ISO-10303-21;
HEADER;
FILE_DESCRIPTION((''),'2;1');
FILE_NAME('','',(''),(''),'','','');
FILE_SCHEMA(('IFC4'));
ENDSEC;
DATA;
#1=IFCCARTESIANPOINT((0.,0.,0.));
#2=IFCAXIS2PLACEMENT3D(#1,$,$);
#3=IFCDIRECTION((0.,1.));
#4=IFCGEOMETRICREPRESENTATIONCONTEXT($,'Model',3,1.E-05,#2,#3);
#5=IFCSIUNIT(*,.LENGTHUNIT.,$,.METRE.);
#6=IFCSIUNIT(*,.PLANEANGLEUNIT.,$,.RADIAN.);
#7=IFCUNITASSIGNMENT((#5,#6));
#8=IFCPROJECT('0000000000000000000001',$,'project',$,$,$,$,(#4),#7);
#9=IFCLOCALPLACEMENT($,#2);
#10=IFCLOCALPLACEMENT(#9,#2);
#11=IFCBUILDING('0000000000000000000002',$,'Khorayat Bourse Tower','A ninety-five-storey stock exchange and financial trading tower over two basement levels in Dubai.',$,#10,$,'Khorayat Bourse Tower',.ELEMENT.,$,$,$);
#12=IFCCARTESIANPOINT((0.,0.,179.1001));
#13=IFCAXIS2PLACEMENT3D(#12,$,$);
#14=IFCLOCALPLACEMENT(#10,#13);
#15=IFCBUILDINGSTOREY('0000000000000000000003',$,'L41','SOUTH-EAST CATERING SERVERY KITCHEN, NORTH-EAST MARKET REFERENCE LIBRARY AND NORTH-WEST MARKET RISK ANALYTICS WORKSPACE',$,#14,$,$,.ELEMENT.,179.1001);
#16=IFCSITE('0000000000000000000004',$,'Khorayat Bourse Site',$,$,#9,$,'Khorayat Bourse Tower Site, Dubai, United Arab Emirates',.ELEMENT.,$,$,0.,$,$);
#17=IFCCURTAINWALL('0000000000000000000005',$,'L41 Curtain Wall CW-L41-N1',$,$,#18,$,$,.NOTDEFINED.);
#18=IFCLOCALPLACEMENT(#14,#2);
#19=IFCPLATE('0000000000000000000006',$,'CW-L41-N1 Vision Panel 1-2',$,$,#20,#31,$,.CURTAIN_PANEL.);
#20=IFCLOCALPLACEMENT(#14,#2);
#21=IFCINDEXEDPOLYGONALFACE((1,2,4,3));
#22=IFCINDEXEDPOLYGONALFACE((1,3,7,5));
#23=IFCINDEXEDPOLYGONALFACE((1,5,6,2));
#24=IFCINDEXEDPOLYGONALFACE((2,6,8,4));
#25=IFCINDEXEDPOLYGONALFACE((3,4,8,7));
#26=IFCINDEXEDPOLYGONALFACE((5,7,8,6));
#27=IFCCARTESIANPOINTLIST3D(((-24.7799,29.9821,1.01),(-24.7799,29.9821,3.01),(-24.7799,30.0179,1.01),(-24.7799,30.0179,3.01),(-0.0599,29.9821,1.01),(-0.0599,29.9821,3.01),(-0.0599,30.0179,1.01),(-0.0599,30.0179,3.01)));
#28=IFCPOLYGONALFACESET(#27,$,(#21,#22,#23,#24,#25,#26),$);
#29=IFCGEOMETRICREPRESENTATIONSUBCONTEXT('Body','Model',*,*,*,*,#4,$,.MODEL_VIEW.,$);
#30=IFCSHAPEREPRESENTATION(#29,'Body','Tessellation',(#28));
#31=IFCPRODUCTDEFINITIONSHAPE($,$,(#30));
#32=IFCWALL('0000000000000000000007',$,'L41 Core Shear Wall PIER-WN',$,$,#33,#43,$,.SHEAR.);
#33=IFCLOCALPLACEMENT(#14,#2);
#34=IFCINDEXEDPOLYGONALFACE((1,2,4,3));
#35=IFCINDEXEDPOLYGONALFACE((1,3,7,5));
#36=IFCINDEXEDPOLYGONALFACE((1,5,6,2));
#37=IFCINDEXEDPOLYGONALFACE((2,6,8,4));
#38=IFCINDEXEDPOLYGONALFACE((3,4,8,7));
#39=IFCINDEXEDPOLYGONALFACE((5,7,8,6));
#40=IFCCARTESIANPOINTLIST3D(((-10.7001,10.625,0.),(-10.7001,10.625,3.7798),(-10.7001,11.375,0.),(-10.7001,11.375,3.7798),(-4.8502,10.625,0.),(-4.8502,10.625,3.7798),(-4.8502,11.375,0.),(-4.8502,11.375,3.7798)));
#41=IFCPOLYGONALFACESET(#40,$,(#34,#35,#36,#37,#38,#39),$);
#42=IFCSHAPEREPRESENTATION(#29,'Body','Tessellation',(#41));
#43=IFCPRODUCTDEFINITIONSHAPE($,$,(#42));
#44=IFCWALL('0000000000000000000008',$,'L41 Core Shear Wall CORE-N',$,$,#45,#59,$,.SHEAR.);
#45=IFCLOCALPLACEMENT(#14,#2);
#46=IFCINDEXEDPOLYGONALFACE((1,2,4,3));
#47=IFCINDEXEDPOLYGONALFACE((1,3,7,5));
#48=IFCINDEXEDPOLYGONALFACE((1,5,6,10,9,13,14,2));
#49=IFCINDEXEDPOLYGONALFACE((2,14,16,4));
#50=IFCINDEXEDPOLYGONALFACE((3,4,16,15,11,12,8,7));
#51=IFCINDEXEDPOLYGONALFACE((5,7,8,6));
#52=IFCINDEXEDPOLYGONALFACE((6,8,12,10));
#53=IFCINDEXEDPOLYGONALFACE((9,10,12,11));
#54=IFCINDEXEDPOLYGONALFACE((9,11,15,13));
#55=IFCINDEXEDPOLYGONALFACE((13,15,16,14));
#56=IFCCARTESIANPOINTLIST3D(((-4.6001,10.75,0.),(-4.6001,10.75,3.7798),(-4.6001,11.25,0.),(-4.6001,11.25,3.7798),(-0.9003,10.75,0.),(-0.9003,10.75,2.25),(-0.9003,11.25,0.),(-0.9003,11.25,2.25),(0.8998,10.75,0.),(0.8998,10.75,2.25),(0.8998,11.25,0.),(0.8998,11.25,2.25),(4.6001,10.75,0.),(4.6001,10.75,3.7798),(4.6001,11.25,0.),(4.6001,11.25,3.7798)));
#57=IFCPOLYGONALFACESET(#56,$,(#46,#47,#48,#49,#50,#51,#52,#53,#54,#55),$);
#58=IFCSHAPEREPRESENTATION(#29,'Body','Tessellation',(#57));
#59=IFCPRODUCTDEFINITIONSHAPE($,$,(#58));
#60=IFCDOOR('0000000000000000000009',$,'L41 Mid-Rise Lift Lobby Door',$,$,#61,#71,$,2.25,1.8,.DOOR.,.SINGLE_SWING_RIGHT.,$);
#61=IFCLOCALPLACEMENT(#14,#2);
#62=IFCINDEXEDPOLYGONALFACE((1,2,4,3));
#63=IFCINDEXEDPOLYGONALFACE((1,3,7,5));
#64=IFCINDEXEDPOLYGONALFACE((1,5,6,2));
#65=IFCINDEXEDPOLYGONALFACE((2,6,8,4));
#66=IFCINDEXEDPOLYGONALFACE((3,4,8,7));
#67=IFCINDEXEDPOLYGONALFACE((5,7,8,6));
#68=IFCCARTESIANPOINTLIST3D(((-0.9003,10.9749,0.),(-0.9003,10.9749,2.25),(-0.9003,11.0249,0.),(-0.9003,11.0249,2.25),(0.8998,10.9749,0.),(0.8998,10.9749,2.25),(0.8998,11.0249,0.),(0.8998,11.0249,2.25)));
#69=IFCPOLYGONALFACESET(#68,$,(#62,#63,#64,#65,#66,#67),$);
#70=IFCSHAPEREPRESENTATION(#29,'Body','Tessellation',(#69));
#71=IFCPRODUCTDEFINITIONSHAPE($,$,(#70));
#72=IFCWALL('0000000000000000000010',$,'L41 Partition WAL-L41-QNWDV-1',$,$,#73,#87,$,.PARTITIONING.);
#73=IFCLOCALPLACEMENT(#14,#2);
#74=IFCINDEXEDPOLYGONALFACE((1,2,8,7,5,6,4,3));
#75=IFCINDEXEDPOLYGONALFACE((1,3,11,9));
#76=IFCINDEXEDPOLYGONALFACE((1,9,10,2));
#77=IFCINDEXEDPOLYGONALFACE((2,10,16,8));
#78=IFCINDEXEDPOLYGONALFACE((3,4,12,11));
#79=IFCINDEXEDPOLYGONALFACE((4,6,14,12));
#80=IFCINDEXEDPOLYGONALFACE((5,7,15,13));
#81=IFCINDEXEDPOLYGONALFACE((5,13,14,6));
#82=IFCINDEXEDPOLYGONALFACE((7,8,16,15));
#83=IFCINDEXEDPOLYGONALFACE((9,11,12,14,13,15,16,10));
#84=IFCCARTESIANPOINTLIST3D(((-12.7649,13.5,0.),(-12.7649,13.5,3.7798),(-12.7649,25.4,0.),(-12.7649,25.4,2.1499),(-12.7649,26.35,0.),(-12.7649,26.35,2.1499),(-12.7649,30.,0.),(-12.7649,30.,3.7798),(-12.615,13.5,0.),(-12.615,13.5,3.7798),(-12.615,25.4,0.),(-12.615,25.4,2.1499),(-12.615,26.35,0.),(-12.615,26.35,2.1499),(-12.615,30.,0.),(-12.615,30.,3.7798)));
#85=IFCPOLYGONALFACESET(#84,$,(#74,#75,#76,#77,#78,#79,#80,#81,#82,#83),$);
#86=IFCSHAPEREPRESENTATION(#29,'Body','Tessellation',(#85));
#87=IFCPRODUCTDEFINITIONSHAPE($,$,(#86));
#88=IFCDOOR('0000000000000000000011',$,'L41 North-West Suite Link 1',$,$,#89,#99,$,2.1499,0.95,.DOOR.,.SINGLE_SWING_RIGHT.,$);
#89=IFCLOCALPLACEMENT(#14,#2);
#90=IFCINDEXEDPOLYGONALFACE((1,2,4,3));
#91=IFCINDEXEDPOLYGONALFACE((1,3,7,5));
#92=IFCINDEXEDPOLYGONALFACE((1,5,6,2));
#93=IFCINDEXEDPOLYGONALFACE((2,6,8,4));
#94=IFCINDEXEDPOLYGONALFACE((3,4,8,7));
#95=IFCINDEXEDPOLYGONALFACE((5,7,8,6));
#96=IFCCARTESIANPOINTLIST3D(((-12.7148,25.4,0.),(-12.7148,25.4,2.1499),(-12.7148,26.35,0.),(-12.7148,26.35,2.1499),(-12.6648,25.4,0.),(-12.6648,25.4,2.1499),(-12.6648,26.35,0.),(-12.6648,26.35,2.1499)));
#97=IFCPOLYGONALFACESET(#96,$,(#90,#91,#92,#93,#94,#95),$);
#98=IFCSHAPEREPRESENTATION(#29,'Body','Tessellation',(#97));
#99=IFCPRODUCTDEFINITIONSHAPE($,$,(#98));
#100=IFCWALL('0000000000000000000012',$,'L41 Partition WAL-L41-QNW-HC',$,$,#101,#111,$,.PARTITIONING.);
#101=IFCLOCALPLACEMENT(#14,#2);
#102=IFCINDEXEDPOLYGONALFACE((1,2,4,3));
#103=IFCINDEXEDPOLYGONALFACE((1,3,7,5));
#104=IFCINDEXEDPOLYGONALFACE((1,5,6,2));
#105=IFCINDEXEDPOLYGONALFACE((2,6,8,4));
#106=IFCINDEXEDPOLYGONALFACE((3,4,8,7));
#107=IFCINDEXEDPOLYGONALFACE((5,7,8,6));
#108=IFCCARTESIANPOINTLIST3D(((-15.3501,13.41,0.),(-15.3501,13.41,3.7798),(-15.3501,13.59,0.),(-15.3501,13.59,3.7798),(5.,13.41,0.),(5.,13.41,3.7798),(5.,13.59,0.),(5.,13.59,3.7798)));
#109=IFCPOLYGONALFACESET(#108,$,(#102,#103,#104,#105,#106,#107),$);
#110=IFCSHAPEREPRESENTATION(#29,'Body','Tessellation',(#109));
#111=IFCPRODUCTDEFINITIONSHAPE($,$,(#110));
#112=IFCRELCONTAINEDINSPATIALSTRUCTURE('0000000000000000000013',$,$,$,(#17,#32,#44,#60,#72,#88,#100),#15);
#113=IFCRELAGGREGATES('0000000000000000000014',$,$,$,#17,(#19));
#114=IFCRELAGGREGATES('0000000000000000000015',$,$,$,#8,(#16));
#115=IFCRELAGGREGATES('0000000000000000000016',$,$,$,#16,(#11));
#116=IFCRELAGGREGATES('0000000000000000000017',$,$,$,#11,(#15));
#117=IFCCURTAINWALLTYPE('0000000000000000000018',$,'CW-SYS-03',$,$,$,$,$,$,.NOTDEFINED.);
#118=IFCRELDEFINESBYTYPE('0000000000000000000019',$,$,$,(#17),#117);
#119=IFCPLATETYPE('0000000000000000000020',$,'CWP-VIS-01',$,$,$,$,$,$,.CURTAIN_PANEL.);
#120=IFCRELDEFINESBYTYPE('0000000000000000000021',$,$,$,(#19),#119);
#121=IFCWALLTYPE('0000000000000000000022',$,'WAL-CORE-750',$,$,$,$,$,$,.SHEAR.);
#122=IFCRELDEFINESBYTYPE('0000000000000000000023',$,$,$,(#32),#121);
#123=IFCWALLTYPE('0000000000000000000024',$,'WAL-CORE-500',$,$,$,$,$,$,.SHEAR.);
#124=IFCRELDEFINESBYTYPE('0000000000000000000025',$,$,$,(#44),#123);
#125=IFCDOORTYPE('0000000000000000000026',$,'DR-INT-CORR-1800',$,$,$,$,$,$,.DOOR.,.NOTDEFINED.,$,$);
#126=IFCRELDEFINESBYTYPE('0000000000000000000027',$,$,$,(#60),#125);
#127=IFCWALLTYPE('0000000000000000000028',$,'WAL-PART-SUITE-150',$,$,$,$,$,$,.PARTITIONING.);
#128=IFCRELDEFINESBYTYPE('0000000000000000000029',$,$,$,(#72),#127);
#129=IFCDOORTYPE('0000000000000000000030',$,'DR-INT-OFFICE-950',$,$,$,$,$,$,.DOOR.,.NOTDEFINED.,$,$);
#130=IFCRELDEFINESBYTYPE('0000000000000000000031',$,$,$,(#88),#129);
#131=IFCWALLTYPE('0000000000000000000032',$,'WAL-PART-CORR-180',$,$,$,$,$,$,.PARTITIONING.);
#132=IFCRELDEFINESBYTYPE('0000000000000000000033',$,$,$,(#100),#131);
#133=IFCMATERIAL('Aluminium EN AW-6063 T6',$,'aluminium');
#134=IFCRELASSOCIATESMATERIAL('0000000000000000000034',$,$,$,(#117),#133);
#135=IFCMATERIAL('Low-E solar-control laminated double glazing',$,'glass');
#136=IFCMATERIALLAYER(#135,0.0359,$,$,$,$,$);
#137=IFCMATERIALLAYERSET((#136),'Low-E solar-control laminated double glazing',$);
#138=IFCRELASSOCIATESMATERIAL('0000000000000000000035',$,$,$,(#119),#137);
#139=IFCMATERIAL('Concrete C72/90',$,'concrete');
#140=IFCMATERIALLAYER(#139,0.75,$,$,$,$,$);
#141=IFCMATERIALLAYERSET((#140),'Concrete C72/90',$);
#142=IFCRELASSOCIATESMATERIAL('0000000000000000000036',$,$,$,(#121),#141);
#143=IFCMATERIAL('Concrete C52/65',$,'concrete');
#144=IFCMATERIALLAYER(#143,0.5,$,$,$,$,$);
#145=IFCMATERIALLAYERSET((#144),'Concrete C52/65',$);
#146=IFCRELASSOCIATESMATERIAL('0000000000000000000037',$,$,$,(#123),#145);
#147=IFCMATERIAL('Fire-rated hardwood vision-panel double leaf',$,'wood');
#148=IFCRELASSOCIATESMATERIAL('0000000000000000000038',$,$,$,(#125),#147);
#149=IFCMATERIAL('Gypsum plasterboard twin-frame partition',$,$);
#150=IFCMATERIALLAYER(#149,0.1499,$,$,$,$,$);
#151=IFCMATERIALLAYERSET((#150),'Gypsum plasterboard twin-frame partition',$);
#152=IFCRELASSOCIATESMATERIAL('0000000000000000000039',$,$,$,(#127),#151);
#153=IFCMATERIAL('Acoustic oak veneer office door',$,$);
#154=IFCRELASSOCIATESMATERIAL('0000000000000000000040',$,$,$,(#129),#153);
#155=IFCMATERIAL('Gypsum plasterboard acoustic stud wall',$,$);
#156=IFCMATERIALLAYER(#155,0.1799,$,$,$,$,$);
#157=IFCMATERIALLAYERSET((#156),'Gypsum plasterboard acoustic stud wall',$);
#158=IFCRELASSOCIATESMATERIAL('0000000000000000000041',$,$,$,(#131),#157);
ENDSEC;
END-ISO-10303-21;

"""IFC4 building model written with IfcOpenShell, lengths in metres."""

from ifc_helpers import new_model, si_unit, direction, frame, frame_2d, origin, origin_2d, place, context, subcontext, project, spatial, rectangle, extrude, source, transform, mapped, material, layer, layer_set, type_object, element, fill, aggregate, save


model = new_model("IFC4")

# Units and contexts
model_context = context("Model", 3, precision=1e-05, world=origin(), true_north=direction((0.0, 1.0)))
body_context = subcontext(model_context, "Body", "Model", "MODEL_VIEW")
ifc_project = project(units=[si_unit("LENGTHUNIT", "METRE"), si_unit("PLANEANGLEUNIT", "RADIAN")], contexts=[model_context])

# Site, building, storey
site_placement = place(None, origin())
site = spatial("IfcSite", under=ifc_project, at=site_placement, Name="Khorayat Bourse Site", LongName="Khorayat Bourse Tower Site, Dubai, United Arab Emirates", CompositionType="ELEMENT", RefElevation=0.0)
building_placement = place(site_placement, origin())
building = spatial("IfcBuilding", under=site, at=building_placement, Name="Khorayat Bourse Tower", Description="A ninety-five-storey stock exchange and financial trading tower over two basement levels in Dubai.", LongName="Khorayat Bourse Tower", CompositionType="ELEMENT")
storey_placement = place(building_placement, frame((0.0, 0.0, 179.1001)))
storey = spatial("IfcBuildingStorey", under=building, at=storey_placement, Name="L41", Description="SOUTH-EAST CATERING SERVERY KITCHEN, NORTH-EAST MARKET REFERENCE LIBRARY AND NORTH-WEST MARKET RISK ANALYTICS WORKSPACE", CompositionType="ELEMENT", Elevation=179.1001)

# Shared definitions
ifc_material_1 = material(Name="Concrete C72/90", Category="concrete")

# Curtain wall
ifc_material_2 = material(Name="Aluminium EN AW-6063 T6", Category="aluminium")
curtain_wall_type = type_object("IfcCurtainWallType", Name="CW-SYS-03", PredefinedType="NOTDEFINED", material=ifc_material_2)
curtain_wall_placement = place(storey_placement, origin())
curtain_wall = element("IfcCurtainWall", 1, at=curtain_wall_placement, inside=storey, type_object=curtain_wall_type, Name="L41 Curtain Wall CW-L41-N1", PredefinedType="NOTDEFINED")

# Plate
ifc_material_3 = material(Name="Low-E solar-control laminated double glazing", Category="glass")
ifc_layer_1 = layer(ifc_material_3, 0.0359)
ifc_layer_set_1 = layer_set([ifc_layer_1], Name="Low-E solar-control laminated double glazing")
plate_type_1 = type_object("IfcPlateType", Name="CWP-VIS-01", PredefinedType="CURTAIN_PANEL", material=ifc_layer_set_1)
shared_shape_1 = source(origin(), body_context, "Body", "SweptSolid", [
    extrude(rectangle(XDim=24.72, YDim=0.0359, at=origin_2d()), origin(), (0.0, 0.0, 1.0), 2.0),
])
plate_1_placement = place(storey_placement, frame((-12.4199, 30.0, 1.01), z_axis=(0.0, 0.0, 1.0), x_axis=(1.0, 0.0, 0.0)))
plate_1 = element("IfcPlate", 2, at=plate_1_placement, type_object=plate_type_1, Name="CW-L41-N1 Vision Panel 1-2", PredefinedType="CURTAIN_PANEL", context=body_context, shape_type="MappedRepresentation", body=[
    mapped(shared_shape_1, transform((0.0, 0.0, 0.0), scale=1.0)),
])
aggregate(curtain_wall, [plate_1])

# Wall
ifc_layer_2 = layer(ifc_material_1, 0.75)
ifc_layer_set_2 = layer_set([ifc_layer_2], Name="Concrete C72/90")
wall_type_1 = type_object("IfcWallType", Name="WAL-CORE-750", PredefinedType="SHEAR", material=ifc_layer_set_2)
shared_shape_2 = source(origin(), body_context, "Body", "SweptSolid", [
    extrude(rectangle(XDim=5.8499, YDim=0.75, at=frame_2d((2.9248, 0.0))), origin(), (0.0, 0.0, 1.0), 3.7798),
])
wall_1_placement = place(storey_placement, frame((-10.7, 11.0, 0.0), z_axis=(0.0, 0.0, 1.0), x_axis=(1.0, 0.0, 0.0)))
element("IfcWall", 3, at=wall_1_placement, inside=storey, type_object=wall_type_1, Name="L41 Core Shear Wall PIER-WN", PredefinedType="SHEAR", context=body_context, shape_type="MappedRepresentation", body=[
    mapped(shared_shape_2, transform((0.0, 0.0, 0.0), scale=1.0)),
])

# Walls, openings, doors
ifc_material_4 = material(Name="Concrete C52/65", Category="concrete")
ifc_layer_3 = layer(ifc_material_4, 0.5)
ifc_layer_set_3 = layer_set([ifc_layer_3], Name="Concrete C52/65")
wall_type_2 = type_object("IfcWallType", Name="WAL-CORE-500", PredefinedType="SHEAR", material=ifc_layer_set_3)
shared_shape_3 = source(origin(), body_context, "Body", "SweptSolid", [
    extrude(rectangle(XDim=9.2002, YDim=0.5, at=frame_2d((4.6001, 0.0))), origin(), (0.0, 0.0, 1.0), 3.7798),
])
wall_2_placement = place(storey_placement, frame((-4.6001, 11.0, 0.0), z_axis=(0.0, 0.0, 1.0), x_axis=(1.0, 0.0, 0.0)))
wall_2 = element("IfcWall", 4, at=wall_2_placement, inside=storey, type_object=wall_type_2, Name="L41 Core Shear Wall CORE-N", PredefinedType="SHEAR", context=body_context, shape_type="MappedRepresentation", body=[
    mapped(shared_shape_3, transform((0.0, 0.0, 0.0), scale=1.0)),
])
shared_shape_4 = source(origin(), body_context, "Body", "SweptSolid", [
    extrude(rectangle(XDim=1.8, YDim=2.25, at=frame_2d((0.8999, 1.125))), frame((0.0, 0.26, 0.0), z_axis=(0.0, -1.0, 0.0), x_axis=(1.0, 0.0, 0.0)), (0.0, 0.0, 1.0), 0.52),
])
opening_1_placement = place(wall_2_placement, frame((3.7, 0.0, 0.0)))
opening_1 = element("IfcOpeningElement", 5, at=opening_1_placement, cuts=wall_2, PredefinedType="OPENING", context=body_context, shape_type="MappedRepresentation", body=[
    mapped(shared_shape_4, transform((0.0, 0.0, 0.0), scale=1.0)),
])
ifc_material_5 = material(Name="Fire-rated hardwood vision-panel double leaf", Category="wood")
door_type_1 = type_object("IfcDoorType", Name="DR-INT-CORR-1800", OperationType="NOTDEFINED", PredefinedType="DOOR", material=ifc_material_5)
shared_shape_5 = source(origin(), body_context, "Body", "SweptSolid", [
    extrude(rectangle(XDim=1.8, YDim=2.25, at=frame_2d((0.8999, 1.125))), frame((0.0, 0.0249, 0.0), z_axis=(0.0, -1.0, 0.0), x_axis=(1.0, 0.0, 0.0)), (0.0, 0.0, 1.0), 0.05),
])
door_1_placement = place(opening_1_placement, origin())
door_1 = element("IfcDoor", 6, at=door_1_placement, inside=storey, type_object=door_type_1, Name="L41 Mid-Rise Lift Lobby Door", OperationType="SINGLE_SWING_RIGHT", OverallHeight=2.25, OverallWidth=1.8, PredefinedType="DOOR", context=body_context, shape_type="MappedRepresentation", body=[
    mapped(shared_shape_5, transform((0.0, 0.0, 0.0), scale=1.0)),
])
fill(opening_1, door_1)
ifc_material_6 = material(Name="Gypsum plasterboard twin-frame partition")
ifc_layer_4 = layer(ifc_material_6, 0.1499)
ifc_layer_set_4 = layer_set([ifc_layer_4], Name="Gypsum plasterboard twin-frame partition")
wall_type_3 = type_object("IfcWallType", Name="WAL-PART-SUITE-150", PredefinedType="PARTITIONING", material=ifc_layer_set_4)
shared_shape_6 = source(origin(), body_context, "Body", "SweptSolid", [
    extrude(rectangle(XDim=16.5, YDim=0.1499, at=frame_2d((8.25, 0.0))), origin(), (0.0, 0.0, 1.0), 3.7798),
])
wall_3_placement = place(storey_placement, frame((-12.6899, 13.5, 0.0), z_axis=(0.0, 0.0, 1.0), x_axis=(0.0, 1.0, 0.0)))
wall_3 = element("IfcWall", 7, at=wall_3_placement, inside=storey, type_object=wall_type_3, Name="L41 Partition WAL-L41-QNWDV-1", PredefinedType="PARTITIONING", context=body_context, shape_type="MappedRepresentation", body=[
    mapped(shared_shape_6, transform((0.0, 0.0, 0.0), scale=1.0)),
])
shared_shape_7 = source(origin(), body_context, "Body", "SweptSolid", [
    extrude(rectangle(XDim=0.95, YDim=2.1499, at=frame_2d((0.4751, 1.075))), frame((0.0, 0.085, 0.0), z_axis=(0.0, -1.0, 0.0), x_axis=(1.0, 0.0, 0.0)), (0.0, 0.0, 1.0), 0.1699),
])
opening_2_placement = place(wall_3_placement, frame((11.8999, 0.0, 0.0)))
opening_2 = element("IfcOpeningElement", 8, at=opening_2_placement, cuts=wall_3, PredefinedType="OPENING", context=body_context, shape_type="MappedRepresentation", body=[
    mapped(shared_shape_7, transform((0.0, 0.0, 0.0), scale=1.0)),
])
ifc_material_7 = material(Name="Acoustic oak veneer office door")
door_type_2 = type_object("IfcDoorType", Name="DR-INT-OFFICE-950", OperationType="NOTDEFINED", PredefinedType="DOOR", material=ifc_material_7)
shared_shape_8 = source(origin(), body_context, "Body", "SweptSolid", [
    extrude(rectangle(XDim=0.95, YDim=2.1499, at=frame_2d((0.4751, 1.075))), frame((0.0, 0.0249, 0.0), z_axis=(0.0, -1.0, 0.0), x_axis=(1.0, 0.0, 0.0)), (0.0, 0.0, 1.0), 0.05),
])
door_2_placement = place(opening_2_placement, origin())
door_2 = element("IfcDoor", 9, at=door_2_placement, inside=storey, type_object=door_type_2, Name="L41 North-West Suite Link 1", OperationType="SINGLE_SWING_RIGHT", OverallHeight=2.1499, OverallWidth=0.95, PredefinedType="DOOR", context=body_context, shape_type="MappedRepresentation", body=[
    mapped(shared_shape_8, transform((0.0, 0.0, 0.0), scale=1.0)),
])
fill(opening_2, door_2)

# Wall
ifc_material_8 = material(Name="Gypsum plasterboard acoustic stud wall")
ifc_layer_5 = layer(ifc_material_8, 0.1799)
ifc_layer_set_5 = layer_set([ifc_layer_5], Name="Gypsum plasterboard acoustic stud wall")
wall_type_4 = type_object("IfcWallType", Name="WAL-PART-CORR-180", PredefinedType="PARTITIONING", material=ifc_layer_set_5)
shared_shape_9 = source(origin(), body_context, "Body", "SweptSolid", [
    extrude(rectangle(XDim=20.3501, YDim=0.1799, at=frame_2d((10.175, 0.0))), origin(), (0.0, 0.0, 1.0), 3.7798),
])
wall_4_placement = place(storey_placement, frame((-15.3501, 13.5, 0.0), z_axis=(0.0, 0.0, 1.0), x_axis=(1.0, 0.0, 0.0)))
element("IfcWall", 10, at=wall_4_placement, inside=storey, type_object=wall_type_4, Name="L41 Partition WAL-L41-QNW-HC", PredefinedType="PARTITIONING", context=body_context, shape_type="MappedRepresentation", body=[
    mapped(shared_shape_9, transform((0.0, 0.0, 0.0), scale=1.0)),
])

save(model, "model.ifc")
